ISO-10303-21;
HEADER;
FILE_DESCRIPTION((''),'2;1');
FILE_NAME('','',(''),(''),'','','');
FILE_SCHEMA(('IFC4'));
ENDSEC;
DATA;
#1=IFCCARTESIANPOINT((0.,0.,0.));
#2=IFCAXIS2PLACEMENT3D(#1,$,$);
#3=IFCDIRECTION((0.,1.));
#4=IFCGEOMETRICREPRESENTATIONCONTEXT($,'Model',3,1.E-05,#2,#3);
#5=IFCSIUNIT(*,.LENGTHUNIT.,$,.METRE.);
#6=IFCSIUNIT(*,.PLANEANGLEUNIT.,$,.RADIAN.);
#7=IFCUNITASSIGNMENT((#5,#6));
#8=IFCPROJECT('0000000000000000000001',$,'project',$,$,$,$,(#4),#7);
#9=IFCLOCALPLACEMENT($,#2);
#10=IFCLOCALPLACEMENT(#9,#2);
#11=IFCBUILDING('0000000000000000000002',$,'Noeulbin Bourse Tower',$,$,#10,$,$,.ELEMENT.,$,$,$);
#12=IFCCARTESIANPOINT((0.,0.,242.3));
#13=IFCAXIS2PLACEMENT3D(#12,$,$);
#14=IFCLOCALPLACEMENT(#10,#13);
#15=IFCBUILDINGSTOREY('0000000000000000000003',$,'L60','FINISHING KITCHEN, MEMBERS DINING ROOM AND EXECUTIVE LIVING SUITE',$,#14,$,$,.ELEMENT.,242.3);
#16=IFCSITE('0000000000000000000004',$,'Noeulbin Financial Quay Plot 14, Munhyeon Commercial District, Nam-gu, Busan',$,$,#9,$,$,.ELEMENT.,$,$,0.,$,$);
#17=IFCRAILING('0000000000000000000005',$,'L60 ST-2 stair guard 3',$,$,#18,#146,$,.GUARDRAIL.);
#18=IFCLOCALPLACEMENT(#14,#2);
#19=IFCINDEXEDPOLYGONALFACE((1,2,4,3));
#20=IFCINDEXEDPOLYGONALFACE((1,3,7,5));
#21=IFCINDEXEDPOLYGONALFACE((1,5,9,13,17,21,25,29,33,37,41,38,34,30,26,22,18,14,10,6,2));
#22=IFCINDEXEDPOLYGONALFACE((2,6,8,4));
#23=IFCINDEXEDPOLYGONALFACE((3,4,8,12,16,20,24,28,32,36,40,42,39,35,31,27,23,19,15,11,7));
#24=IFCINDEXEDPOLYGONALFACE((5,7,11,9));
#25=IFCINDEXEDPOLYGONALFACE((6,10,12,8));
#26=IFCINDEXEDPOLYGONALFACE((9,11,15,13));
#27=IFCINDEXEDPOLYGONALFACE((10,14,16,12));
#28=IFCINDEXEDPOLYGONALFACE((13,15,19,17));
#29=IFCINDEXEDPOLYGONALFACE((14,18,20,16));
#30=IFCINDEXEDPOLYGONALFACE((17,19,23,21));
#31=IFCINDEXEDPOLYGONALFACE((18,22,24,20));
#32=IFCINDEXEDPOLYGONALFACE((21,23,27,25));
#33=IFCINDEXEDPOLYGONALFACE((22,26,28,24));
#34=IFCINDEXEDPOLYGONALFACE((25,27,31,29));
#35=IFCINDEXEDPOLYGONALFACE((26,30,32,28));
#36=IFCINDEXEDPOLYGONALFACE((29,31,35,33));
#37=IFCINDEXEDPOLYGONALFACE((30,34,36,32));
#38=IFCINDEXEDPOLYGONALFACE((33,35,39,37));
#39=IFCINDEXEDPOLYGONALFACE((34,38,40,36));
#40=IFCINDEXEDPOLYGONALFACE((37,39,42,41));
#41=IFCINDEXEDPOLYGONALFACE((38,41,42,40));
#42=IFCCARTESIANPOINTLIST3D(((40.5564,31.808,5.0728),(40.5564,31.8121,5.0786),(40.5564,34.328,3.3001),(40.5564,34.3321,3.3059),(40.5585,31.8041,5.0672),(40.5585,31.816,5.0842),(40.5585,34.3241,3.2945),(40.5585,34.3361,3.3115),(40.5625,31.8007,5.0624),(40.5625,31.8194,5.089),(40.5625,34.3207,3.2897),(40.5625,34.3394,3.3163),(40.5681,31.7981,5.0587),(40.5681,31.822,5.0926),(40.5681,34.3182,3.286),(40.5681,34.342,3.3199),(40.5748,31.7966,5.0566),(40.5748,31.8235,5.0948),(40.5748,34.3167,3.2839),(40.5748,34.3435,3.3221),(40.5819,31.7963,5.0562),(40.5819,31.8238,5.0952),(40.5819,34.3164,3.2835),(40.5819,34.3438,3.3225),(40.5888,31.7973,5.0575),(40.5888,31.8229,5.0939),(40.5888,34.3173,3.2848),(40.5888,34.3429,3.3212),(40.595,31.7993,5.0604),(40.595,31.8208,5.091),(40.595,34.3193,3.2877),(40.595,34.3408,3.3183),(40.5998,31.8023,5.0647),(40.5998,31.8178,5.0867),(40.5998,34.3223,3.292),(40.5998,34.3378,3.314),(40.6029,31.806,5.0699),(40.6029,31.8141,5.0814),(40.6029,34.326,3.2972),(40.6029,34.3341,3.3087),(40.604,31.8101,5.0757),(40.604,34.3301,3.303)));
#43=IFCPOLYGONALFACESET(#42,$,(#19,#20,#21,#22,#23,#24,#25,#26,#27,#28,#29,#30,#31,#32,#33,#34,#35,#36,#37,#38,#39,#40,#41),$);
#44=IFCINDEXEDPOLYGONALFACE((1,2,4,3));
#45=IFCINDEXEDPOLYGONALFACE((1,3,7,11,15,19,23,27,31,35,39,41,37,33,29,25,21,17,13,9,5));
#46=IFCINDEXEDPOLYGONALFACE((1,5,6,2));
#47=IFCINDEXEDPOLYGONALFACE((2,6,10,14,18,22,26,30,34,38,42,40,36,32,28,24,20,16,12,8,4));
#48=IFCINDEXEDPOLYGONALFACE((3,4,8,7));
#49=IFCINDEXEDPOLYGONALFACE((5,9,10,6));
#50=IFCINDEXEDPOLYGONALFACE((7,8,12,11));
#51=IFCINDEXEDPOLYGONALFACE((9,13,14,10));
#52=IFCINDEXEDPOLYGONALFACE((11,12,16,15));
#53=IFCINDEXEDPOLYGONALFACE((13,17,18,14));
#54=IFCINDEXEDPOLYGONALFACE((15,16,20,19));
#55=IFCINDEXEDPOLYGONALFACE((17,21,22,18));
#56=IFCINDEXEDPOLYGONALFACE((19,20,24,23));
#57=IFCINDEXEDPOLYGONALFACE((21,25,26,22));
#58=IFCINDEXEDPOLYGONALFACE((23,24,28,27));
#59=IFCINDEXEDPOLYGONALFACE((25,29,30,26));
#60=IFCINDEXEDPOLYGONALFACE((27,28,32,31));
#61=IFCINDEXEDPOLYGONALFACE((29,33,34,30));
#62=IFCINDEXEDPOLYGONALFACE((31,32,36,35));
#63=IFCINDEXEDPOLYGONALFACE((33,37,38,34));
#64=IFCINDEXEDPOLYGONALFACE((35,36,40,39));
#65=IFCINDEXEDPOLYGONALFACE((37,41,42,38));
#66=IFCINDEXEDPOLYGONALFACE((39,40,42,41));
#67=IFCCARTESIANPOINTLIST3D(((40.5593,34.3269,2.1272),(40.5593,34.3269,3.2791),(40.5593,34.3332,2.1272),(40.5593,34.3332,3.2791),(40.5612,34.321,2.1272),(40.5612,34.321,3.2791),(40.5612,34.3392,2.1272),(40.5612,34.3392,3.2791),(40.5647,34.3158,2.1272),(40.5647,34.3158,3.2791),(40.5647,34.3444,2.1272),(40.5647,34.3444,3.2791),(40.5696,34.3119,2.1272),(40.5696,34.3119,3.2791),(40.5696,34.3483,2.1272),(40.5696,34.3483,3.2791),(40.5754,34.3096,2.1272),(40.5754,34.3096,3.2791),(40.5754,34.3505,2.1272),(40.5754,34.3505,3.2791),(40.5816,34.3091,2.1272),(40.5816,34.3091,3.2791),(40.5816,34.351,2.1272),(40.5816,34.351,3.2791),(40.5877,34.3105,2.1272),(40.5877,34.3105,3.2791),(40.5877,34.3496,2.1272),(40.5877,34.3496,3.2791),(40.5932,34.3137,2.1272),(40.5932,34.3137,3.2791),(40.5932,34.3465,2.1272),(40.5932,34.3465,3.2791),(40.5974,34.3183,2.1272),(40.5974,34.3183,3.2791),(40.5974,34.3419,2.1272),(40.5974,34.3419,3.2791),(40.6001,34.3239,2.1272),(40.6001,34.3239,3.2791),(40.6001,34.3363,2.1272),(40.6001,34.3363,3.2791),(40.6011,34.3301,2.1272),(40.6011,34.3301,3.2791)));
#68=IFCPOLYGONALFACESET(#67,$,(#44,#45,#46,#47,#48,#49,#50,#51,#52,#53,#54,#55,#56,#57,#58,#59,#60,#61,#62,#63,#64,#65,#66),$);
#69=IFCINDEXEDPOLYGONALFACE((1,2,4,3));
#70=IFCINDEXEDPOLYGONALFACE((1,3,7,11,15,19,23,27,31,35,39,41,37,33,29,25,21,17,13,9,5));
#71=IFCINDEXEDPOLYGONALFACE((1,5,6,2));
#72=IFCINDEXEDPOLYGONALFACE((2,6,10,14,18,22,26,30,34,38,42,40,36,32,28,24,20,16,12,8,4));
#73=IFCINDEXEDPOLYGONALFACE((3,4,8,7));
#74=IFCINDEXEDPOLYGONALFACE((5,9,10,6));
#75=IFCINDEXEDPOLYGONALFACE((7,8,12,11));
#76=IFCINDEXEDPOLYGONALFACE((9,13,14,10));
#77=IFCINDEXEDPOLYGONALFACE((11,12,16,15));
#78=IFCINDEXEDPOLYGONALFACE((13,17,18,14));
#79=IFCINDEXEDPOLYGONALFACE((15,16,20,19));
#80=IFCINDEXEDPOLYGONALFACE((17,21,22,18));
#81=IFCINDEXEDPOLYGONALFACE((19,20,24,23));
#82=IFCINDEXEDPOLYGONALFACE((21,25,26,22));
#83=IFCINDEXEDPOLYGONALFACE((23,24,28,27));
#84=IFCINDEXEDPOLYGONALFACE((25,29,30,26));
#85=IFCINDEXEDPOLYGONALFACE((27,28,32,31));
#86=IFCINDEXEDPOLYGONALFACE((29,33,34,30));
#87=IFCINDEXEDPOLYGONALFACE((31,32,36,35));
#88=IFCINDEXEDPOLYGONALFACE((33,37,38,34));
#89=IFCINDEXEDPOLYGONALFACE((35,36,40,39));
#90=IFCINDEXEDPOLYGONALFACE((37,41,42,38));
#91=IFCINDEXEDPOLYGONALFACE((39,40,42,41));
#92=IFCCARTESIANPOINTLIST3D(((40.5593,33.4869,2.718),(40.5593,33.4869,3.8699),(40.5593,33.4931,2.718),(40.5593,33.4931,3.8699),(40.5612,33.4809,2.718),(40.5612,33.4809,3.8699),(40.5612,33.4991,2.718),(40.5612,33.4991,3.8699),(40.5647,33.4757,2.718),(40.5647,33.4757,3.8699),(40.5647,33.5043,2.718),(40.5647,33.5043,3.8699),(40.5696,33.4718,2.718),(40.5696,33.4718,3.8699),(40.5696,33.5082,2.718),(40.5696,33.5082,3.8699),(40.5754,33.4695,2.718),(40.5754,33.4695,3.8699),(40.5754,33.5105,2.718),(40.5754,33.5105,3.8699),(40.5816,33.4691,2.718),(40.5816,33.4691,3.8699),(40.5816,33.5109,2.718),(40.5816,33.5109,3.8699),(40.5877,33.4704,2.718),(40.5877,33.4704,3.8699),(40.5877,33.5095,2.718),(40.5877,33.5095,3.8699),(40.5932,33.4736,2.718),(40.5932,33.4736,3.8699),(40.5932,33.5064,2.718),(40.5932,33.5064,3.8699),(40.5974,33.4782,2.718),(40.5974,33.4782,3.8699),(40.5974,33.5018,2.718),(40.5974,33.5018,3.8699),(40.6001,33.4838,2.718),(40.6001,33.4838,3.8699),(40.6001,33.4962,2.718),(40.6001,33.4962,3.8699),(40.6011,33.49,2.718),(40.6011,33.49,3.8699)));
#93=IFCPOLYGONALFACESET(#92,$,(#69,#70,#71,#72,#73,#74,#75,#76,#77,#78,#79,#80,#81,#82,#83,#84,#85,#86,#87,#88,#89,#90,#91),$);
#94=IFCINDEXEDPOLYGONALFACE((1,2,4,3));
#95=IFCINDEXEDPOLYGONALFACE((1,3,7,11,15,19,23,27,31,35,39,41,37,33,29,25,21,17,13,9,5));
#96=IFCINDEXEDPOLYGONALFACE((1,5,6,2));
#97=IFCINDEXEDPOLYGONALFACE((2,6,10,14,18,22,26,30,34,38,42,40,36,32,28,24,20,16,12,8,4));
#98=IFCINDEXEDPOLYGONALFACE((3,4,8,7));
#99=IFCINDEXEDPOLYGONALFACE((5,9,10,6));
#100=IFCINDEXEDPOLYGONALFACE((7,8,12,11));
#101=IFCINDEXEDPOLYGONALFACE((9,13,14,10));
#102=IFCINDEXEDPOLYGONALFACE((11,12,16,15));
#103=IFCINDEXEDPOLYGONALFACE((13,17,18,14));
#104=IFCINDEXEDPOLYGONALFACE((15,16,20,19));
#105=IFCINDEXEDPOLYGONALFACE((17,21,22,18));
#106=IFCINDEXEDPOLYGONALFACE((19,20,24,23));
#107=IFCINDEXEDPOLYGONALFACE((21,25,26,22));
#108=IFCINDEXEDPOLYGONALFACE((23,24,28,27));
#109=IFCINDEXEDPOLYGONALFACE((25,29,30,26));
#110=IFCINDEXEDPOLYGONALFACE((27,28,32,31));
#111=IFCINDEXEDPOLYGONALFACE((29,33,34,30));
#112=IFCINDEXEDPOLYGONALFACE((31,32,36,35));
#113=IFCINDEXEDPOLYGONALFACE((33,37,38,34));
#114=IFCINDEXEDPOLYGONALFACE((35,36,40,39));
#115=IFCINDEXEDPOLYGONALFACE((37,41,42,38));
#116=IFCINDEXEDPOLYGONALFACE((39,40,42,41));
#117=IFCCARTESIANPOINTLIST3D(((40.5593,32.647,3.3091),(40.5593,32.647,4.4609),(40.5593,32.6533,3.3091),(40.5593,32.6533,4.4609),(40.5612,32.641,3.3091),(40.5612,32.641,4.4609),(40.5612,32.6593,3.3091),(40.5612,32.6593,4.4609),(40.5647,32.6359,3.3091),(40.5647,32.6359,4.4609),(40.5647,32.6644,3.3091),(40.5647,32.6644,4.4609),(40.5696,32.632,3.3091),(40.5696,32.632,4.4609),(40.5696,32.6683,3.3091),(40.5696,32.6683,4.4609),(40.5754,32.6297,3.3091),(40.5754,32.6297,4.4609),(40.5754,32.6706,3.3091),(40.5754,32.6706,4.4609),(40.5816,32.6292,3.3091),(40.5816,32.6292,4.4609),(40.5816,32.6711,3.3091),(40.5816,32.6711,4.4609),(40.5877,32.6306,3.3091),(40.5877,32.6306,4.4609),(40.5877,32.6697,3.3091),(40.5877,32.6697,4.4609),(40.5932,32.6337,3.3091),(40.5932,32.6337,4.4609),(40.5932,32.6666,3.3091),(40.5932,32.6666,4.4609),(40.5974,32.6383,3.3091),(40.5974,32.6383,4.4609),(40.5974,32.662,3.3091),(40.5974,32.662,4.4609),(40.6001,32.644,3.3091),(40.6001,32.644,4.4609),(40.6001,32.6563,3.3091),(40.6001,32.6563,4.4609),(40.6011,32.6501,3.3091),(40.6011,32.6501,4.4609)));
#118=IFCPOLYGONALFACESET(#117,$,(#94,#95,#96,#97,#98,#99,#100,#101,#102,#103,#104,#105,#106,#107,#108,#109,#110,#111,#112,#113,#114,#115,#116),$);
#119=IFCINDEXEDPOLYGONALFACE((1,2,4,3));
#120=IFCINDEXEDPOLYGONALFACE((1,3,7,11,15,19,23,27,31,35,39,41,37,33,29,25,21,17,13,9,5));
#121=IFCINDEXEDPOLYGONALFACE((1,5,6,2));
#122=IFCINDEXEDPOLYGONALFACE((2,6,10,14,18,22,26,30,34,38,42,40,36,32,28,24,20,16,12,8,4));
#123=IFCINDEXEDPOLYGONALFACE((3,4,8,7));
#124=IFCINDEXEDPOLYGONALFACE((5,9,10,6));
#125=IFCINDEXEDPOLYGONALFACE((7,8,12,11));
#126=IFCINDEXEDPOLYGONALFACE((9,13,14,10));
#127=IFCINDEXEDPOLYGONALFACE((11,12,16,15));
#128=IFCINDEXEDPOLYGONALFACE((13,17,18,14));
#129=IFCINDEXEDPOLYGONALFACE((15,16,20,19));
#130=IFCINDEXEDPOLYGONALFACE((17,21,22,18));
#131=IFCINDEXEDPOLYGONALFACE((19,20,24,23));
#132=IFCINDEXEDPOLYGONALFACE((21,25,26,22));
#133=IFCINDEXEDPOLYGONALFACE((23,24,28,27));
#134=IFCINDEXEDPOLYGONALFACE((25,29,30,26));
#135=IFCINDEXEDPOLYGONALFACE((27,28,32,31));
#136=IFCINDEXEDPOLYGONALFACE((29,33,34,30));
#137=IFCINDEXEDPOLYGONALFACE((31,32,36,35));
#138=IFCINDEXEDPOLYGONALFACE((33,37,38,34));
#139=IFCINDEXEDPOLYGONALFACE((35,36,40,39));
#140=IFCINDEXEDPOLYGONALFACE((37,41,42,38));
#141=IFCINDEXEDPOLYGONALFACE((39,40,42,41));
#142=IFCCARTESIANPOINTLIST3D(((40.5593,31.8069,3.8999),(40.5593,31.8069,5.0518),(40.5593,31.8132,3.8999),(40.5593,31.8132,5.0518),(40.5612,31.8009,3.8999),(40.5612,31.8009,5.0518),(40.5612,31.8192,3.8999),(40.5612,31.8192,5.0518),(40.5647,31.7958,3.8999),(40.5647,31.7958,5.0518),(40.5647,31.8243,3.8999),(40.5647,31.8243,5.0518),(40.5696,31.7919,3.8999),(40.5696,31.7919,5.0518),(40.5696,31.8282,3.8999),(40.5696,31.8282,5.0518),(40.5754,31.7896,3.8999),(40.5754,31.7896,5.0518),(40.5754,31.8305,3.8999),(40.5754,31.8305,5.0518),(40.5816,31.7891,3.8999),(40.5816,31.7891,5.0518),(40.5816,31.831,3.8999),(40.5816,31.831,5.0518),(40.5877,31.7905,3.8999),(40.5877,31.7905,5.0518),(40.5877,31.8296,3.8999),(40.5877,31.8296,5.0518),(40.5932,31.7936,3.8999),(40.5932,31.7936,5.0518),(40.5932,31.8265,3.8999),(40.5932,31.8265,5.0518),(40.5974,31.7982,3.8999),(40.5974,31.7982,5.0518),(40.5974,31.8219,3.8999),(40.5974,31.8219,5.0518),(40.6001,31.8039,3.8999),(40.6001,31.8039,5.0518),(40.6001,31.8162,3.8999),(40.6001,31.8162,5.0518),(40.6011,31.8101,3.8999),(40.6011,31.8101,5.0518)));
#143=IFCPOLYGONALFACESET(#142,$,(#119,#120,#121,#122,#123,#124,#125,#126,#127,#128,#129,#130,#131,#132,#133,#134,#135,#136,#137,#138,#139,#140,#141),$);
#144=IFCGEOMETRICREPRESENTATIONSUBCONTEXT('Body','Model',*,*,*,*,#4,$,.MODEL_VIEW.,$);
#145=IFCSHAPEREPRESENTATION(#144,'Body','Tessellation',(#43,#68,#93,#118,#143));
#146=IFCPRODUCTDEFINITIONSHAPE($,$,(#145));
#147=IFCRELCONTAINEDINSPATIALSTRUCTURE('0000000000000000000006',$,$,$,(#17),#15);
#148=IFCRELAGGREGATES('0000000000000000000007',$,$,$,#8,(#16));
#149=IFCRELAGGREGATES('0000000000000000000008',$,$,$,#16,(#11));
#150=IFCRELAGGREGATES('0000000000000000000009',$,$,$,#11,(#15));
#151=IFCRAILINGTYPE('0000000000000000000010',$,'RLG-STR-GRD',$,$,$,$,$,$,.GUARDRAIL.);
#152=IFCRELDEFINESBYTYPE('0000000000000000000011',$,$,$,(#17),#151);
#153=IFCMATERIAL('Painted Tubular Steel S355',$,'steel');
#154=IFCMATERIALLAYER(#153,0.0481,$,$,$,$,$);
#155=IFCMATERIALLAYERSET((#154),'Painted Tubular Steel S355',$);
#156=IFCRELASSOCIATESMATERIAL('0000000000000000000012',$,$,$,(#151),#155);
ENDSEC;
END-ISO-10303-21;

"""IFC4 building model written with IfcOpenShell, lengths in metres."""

from ifc_helpers import new_model, si_unit, direction, frame, origin, origin_2d, place, context, subcontext, project, spatial, circle, extrude, material, layer, layer_set, type_object, element, save


model = new_model("IFC4")

# Units and contexts
model_context = context("Model", 3, precision=1e-05, world=origin(), true_north=direction((0.0, 1.0)))
body_context = subcontext(model_context, "Body", "Model", "MODEL_VIEW")
ifc_project = project(units=[si_unit("LENGTHUNIT", "METRE"), si_unit("PLANEANGLEUNIT", "RADIAN")], contexts=[model_context])

# Site, building, storey
site_placement = place(None, origin())
site = spatial("IfcSite", under=ifc_project, at=site_placement, Name="Noeulbin Financial Quay Plot 14, Munhyeon Commercial District, Nam-gu, Busan", CompositionType="ELEMENT", RefElevation=0.0)
building_placement = place(site_placement, origin())
building = spatial("IfcBuilding", under=site, at=building_placement, Name="Noeulbin Bourse Tower", CompositionType="ELEMENT")
storey_placement = place(building_placement, frame((0.0, 0.0, 242.3)))
storey = spatial("IfcBuildingStorey", under=building, at=storey_placement, Name="L60", Description="FINISHING KITCHEN, MEMBERS DINING ROOM AND EXECUTIVE LIVING SUITE", CompositionType="ELEMENT", Elevation=242.3)

# Railing
ifc_material_1 = material(Name="Painted Tubular Steel S355", Category="steel")
ifc_layer_1 = layer(ifc_material_1, 0.0481)
ifc_layer_set_1 = layer_set([ifc_layer_1], Name="Painted Tubular Steel S355")
railing_type_1 = type_object("IfcRailingType", Name="RLG-STR-GRD", PredefinedType="GUARDRAIL", material=ifc_layer_set_1)
railing_1_placement = place(storey_placement, frame((40.5801, 34.3301, 2.1272)))
element("IfcRailing", 1, at=railing_1_placement, inside=storey, type_object=railing_type_1, Name="L60 ST-2 stair guard 3", PredefinedType="GUARDRAIL", context=body_context, shape_type="SweptSolid", body=[
    extrude(circle(Radius=0.0239, at=origin_2d()), frame((0.0, 0.0, 1.1758), z_axis=(0.0, -0.817904, 0.575354), x_axis=(1.0, 0.0, 0.0)), (0.0, 0.0, 1.0), 3.0811),
    extrude(circle(Radius=0.021, at=origin_2d()), origin(), (0.0, 0.0, 1.0), 1.1519),
    extrude(circle(Radius=0.021, at=origin_2d()), frame((0.0, -0.8401, 0.5908)), (0.0, 0.0, 1.0), 1.1519),
    extrude(circle(Radius=0.021, at=origin_2d()), frame((0.0, -1.6799, 1.1819)), (0.0, 0.0, 1.0), 1.1519),
    extrude(circle(Radius=0.021, at=origin_2d()), frame((0.0, -2.52, 1.7727)), (0.0, 0.0, 1.0), 1.1519),
])

save(model, "model.ifc")
